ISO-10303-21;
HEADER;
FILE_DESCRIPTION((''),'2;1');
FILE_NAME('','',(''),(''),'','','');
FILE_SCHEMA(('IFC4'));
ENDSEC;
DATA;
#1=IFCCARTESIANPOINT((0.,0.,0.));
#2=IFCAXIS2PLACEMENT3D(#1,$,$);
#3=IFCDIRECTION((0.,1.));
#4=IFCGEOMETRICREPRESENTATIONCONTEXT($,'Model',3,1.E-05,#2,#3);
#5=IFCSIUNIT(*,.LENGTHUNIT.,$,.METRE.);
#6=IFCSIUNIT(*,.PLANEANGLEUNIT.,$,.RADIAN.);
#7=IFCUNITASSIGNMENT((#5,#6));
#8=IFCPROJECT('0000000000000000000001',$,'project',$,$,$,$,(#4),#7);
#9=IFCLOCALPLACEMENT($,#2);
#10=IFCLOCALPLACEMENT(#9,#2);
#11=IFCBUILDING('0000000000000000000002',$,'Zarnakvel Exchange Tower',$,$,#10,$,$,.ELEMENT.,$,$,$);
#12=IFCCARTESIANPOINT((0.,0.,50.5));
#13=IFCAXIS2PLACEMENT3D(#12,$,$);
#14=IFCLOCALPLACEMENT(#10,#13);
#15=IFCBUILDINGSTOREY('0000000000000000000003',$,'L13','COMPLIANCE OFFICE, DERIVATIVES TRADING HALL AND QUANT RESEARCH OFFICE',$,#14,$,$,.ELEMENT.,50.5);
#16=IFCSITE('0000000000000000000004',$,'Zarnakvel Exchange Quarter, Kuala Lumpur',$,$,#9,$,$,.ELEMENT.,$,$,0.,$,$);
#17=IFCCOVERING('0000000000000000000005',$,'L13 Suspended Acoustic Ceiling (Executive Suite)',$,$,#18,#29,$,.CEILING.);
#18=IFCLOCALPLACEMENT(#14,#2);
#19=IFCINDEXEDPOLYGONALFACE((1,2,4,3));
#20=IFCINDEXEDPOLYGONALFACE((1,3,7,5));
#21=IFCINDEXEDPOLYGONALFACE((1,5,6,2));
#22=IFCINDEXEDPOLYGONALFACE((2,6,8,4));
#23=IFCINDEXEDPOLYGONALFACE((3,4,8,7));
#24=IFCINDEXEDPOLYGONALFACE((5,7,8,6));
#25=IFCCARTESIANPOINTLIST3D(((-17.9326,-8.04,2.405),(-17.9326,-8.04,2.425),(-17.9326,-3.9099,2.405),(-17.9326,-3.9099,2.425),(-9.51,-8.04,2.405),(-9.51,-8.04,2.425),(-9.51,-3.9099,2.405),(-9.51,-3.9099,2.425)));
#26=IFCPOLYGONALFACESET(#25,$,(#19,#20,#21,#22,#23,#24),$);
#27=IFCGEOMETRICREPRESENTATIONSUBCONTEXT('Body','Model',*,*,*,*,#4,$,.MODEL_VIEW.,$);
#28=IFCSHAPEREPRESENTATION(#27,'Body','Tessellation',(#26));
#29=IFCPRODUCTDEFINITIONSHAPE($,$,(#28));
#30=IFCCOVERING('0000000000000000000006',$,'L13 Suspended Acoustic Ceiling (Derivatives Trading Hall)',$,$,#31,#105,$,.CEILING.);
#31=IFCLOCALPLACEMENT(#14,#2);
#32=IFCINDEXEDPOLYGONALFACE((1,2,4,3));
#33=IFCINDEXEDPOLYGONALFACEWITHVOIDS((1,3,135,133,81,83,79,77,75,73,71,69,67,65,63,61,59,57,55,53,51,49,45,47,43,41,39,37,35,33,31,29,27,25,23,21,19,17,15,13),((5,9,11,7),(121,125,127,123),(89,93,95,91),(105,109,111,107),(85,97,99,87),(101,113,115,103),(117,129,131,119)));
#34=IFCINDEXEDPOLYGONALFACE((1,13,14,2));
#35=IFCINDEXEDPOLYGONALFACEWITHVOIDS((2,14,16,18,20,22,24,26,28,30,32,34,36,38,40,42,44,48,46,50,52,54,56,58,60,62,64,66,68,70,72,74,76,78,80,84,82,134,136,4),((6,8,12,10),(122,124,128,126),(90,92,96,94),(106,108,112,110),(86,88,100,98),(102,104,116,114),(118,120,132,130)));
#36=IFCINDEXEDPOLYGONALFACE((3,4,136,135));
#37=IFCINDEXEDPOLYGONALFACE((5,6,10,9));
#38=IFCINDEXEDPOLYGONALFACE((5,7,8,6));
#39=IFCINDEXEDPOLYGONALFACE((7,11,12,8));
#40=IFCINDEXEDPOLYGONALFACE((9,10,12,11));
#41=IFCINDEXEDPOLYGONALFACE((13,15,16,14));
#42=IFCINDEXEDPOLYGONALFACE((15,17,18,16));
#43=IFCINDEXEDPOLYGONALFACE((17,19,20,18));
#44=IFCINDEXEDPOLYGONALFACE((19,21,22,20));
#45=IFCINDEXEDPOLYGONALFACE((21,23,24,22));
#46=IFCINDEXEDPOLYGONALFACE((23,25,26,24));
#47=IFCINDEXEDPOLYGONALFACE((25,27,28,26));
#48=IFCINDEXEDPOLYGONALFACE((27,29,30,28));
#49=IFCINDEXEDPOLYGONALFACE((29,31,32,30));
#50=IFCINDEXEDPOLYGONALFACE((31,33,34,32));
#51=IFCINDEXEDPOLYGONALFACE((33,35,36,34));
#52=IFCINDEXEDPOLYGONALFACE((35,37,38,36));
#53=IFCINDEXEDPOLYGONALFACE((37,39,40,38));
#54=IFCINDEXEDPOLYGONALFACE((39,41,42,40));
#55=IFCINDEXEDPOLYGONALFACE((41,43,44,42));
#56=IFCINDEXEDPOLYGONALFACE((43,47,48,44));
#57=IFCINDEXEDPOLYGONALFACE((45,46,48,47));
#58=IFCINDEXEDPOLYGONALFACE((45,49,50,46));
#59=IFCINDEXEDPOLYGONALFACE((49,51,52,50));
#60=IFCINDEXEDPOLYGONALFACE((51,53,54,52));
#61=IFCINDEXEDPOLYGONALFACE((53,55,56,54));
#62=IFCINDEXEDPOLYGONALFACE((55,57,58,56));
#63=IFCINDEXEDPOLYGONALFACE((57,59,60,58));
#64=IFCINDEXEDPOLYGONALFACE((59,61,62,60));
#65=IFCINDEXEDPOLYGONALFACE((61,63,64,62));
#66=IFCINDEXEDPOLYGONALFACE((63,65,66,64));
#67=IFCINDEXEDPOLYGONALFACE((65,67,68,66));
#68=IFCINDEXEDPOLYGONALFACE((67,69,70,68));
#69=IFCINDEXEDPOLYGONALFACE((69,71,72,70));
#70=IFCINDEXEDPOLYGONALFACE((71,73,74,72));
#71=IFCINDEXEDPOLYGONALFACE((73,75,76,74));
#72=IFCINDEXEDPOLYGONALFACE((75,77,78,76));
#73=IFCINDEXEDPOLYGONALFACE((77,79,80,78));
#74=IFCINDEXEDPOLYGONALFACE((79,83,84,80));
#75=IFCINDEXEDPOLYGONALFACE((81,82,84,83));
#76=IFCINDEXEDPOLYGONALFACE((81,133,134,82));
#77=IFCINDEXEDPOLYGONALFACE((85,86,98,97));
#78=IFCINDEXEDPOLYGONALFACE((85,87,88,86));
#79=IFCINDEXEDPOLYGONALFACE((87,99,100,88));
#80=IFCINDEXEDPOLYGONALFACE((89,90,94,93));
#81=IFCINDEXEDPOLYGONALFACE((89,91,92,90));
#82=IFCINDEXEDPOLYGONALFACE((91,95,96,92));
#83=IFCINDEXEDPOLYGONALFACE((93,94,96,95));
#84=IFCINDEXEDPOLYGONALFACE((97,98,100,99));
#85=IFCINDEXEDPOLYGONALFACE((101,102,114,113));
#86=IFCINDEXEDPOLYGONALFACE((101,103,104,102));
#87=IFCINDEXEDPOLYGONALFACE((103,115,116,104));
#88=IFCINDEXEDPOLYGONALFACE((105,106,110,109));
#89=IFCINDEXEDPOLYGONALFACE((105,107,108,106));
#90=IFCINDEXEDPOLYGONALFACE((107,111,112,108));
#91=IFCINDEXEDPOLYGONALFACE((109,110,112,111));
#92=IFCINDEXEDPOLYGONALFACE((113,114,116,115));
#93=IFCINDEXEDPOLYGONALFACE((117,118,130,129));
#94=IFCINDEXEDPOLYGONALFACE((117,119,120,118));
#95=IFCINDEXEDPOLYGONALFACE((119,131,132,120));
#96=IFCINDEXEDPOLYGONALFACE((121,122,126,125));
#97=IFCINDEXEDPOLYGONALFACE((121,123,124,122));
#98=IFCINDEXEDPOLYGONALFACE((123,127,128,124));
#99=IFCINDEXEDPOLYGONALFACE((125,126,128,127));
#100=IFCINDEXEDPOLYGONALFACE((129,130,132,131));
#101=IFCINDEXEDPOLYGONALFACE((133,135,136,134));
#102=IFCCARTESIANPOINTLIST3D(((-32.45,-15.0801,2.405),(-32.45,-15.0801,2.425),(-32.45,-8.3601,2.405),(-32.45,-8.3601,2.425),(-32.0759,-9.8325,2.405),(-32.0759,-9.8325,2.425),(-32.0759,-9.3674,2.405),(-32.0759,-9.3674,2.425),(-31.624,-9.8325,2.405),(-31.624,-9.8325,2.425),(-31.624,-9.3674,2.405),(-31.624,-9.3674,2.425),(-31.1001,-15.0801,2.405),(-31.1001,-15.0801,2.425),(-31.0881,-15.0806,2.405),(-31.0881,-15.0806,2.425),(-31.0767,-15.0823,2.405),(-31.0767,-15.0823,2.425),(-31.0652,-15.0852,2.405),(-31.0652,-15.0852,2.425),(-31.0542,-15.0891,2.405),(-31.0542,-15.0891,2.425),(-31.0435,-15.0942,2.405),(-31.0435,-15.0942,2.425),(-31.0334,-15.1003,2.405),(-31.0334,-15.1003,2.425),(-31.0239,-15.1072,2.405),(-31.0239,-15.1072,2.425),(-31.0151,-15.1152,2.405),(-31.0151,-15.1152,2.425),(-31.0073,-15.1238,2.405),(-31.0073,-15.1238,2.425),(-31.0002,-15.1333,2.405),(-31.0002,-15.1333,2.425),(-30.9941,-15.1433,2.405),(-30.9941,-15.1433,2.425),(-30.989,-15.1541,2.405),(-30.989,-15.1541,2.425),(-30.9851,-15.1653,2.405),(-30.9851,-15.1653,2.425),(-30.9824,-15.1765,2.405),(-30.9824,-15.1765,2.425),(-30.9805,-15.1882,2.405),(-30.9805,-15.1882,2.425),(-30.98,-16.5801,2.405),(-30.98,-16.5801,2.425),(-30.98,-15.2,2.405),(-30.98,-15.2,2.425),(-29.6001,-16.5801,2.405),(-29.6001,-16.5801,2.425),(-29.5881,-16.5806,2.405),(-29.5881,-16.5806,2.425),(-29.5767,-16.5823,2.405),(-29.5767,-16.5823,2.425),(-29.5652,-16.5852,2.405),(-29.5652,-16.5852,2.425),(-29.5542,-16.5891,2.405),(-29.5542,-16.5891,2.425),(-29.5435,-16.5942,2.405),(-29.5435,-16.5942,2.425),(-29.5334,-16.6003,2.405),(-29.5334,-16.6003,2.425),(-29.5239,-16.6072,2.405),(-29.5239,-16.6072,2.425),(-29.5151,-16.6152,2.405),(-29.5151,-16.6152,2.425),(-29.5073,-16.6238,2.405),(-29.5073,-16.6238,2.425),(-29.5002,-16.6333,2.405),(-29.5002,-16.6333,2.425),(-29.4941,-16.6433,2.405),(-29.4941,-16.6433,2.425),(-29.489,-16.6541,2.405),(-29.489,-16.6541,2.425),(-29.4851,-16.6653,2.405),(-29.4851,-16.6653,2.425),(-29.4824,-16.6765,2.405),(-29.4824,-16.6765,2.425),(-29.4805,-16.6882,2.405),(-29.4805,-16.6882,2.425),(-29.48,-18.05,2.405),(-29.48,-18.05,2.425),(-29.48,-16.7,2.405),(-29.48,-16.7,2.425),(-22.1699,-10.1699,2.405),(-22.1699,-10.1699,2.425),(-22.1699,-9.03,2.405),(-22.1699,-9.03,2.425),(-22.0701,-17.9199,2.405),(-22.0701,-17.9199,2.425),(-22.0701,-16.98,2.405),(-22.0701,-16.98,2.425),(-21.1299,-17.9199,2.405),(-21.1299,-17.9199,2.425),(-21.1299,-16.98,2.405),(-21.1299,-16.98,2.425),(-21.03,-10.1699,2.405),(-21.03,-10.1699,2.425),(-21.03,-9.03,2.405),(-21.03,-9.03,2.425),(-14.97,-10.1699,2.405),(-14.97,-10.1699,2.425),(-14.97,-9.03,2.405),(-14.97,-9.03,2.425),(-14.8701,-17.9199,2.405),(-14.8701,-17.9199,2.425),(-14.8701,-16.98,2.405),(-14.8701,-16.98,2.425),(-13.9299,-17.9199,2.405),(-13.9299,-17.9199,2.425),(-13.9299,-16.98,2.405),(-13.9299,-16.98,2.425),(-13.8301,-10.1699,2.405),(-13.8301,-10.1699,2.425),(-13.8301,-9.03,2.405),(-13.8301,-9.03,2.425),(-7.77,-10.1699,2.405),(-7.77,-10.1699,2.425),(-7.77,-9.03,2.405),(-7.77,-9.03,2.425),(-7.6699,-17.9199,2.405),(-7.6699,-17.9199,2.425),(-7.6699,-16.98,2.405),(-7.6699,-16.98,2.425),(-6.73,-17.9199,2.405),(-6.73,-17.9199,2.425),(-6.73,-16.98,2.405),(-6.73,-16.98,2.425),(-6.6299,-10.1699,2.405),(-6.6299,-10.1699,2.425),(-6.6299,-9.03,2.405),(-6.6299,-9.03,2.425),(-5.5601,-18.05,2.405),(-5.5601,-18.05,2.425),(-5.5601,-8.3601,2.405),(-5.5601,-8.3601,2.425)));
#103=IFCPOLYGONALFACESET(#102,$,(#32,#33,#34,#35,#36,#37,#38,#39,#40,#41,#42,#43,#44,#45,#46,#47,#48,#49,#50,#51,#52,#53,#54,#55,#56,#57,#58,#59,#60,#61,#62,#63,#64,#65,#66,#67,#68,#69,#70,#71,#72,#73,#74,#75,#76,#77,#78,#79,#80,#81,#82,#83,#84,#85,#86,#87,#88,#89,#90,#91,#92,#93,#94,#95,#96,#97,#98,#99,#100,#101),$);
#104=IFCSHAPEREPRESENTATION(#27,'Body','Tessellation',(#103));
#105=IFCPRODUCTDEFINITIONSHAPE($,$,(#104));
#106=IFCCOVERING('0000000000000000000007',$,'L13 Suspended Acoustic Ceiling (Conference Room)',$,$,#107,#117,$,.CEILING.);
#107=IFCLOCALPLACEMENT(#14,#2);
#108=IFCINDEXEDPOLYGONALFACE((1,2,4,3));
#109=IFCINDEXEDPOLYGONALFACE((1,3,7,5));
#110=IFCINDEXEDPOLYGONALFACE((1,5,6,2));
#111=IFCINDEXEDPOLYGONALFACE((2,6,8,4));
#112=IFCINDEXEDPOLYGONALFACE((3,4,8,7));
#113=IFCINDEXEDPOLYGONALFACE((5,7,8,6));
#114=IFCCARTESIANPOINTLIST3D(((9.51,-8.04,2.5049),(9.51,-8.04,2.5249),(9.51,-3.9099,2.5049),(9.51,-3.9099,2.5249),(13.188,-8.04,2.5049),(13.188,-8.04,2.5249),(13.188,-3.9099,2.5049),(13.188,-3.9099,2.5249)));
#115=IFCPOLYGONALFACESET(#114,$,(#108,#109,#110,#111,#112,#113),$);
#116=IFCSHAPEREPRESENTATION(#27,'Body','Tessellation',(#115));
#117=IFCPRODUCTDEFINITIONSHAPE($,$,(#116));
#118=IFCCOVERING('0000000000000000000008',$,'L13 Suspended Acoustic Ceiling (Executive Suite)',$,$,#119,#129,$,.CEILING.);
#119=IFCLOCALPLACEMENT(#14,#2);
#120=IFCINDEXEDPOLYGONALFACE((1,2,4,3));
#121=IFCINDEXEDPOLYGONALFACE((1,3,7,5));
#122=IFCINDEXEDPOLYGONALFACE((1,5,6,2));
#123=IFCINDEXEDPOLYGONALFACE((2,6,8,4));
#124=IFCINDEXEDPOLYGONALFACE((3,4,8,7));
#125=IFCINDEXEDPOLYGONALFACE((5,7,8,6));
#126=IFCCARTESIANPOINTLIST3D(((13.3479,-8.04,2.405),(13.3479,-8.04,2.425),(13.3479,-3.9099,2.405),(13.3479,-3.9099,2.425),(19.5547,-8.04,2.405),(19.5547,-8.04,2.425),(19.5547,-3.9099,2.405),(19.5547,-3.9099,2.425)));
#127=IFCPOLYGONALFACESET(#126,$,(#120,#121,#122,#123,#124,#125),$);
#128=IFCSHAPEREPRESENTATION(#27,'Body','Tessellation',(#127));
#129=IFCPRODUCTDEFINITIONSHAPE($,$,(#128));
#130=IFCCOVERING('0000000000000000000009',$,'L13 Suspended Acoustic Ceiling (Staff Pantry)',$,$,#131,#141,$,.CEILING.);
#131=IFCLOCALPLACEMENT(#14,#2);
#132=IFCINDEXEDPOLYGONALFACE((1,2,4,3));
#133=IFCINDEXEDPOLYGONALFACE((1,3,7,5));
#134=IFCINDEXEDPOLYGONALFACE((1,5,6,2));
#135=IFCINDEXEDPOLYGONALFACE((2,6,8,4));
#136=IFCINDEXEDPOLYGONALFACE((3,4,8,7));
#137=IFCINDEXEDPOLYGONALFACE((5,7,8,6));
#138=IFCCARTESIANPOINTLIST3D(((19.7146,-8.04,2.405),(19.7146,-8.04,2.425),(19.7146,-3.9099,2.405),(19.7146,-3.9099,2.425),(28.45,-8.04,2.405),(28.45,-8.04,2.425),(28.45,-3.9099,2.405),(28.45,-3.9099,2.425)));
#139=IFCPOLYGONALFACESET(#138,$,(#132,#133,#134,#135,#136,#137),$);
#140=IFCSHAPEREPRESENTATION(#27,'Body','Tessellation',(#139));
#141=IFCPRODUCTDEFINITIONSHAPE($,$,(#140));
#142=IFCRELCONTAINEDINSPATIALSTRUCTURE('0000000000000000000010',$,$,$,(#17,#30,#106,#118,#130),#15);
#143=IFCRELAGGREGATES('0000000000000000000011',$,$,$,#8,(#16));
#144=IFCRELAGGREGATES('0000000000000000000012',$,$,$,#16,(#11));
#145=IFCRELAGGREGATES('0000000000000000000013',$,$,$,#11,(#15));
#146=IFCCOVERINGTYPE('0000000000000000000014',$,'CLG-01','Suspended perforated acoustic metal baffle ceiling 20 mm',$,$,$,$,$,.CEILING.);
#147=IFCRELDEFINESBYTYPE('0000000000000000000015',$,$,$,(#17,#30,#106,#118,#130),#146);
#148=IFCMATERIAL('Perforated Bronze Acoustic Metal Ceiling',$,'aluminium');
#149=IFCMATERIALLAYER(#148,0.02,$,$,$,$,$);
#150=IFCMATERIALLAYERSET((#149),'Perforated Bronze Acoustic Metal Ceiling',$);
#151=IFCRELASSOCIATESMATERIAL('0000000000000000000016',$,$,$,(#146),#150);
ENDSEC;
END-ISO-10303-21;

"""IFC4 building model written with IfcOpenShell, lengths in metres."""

from ifc_helpers import new_model, si_unit, direction, frame, origin, place, context, subcontext, project, spatial, polyline, outline, extrude, material, layer, layer_set, type_object, element, save


model = new_model("IFC4")

# Units and contexts
model_context = context("Model", 3, precision=1e-05, world=origin(), true_north=direction((0.0, 1.0)))
body_context = subcontext(model_context, "Body", "Model", "MODEL_VIEW")
ifc_project = project(units=[si_unit("LENGTHUNIT", "METRE"), si_unit("PLANEANGLEUNIT", "RADIAN")], contexts=[model_context])

# Site, building, storey
site_placement = place(None, origin())
site = spatial("IfcSite", under=ifc_project, at=site_placement, Name="Zarnakvel Exchange Quarter, Kuala Lumpur", CompositionType="ELEMENT", RefElevation=0.0)
building_placement = place(site_placement, origin())
building = spatial("IfcBuilding", under=site, at=building_placement, Name="Zarnakvel Exchange Tower", CompositionType="ELEMENT")
storey_placement = place(building_placement, frame((0.0, 0.0, 50.5)))
storey = spatial("IfcBuildingStorey", under=building, at=storey_placement, Name="L13", Description="COMPLIANCE OFFICE, DERIVATIVES TRADING HALL AND QUANT RESEARCH OFFICE", CompositionType="ELEMENT", Elevation=50.5)

# Coverings
ifc_material_1 = material(Name="Perforated Bronze Acoustic Metal Ceiling", Category="aluminium")
ifc_layer_1 = layer(ifc_material_1, 0.02)
ifc_layer_set_1 = layer_set([ifc_layer_1], Name="Perforated Bronze Acoustic Metal Ceiling")
covering_type_1 = type_object("IfcCoveringType", Name="CLG-01", Description="Suspended perforated acoustic metal baffle ceiling 20 mm", PredefinedType="CEILING", material=ifc_layer_set_1)
covering_1_placement = place(storey_placement, frame((0.0, 0.0, 2.405)))
element("IfcCovering", 1, at=covering_1_placement, inside=storey, type_object=covering_type_1, Name="L13 Suspended Acoustic Ceiling (Executive Suite)", PredefinedType="CEILING", context=body_context, shape_type="SweptSolid", body=[
    extrude(outline(polyline([(-17.9326, -3.9099), (-9.51, -3.9099), (-9.51, -8.04), (-17.9326, -8.04), (-17.9326, -3.9099)])), origin(), (0.0, 0.0, 1.0), 0.02),
])
covering_2_placement = place(storey_placement, frame((0.0, 0.0, 2.405)))
element("IfcCovering", 2, at=covering_2_placement, inside=storey, type_object=covering_type_1, Name="L13 Suspended Acoustic Ceiling (Derivatives Trading Hall)", PredefinedType="CEILING", context=body_context, shape_type="SweptSolid", body=[
    extrude(outline(polyline([(-5.5601, -8.3601), (-5.5601, -18.05), (-29.48, -18.05), (-29.48, -16.7), (-29.4805, -16.6882), (-29.4824, -16.6765), (-29.4851, -16.6653), (-29.489, -16.6541), (-29.4941, -16.6433), (-29.5002, -16.6333), (-29.5073, -16.6238), (-29.5151, -16.6152), (-29.5239, -16.6072), (-29.5334, -16.6003), (-29.5435, -16.5942), (-29.5542, -16.5891), (-29.5652, -16.5852), (-29.5767, -16.5823), (-29.5881, -16.5806), (-29.6001, -16.5801), (-30.98, -16.5801), (-30.98, -15.2), (-30.9805, -15.1882), (-30.9824, -15.1765), (-30.9851, -15.1653), (-30.989, -15.1541), (-30.9941, -15.1433), (-31.0002, -15.1333), (-31.0073, -15.1238), (-31.0151, -15.1152), (-31.0239, -15.1072), (-31.0334, -15.1003), (-31.0435, -15.0942), (-31.0542, -15.0891), (-31.0652, -15.0852), (-31.0767, -15.0823), (-31.0881, -15.0806), (-31.1001, -15.0801), (-32.45, -15.0801), (-32.45, -8.3601), (-5.5601, -8.3601)]), holes=[polyline([(-7.77, -10.1699), (-6.6299, -10.1699), (-6.6299, -9.03), (-7.77, -9.03), (-7.77, -10.1699)]), polyline([(-6.73, -17.9199), (-6.73, -16.98), (-7.6699, -16.98), (-7.6699, -17.9199), (-6.73, -17.9199)]), polyline([(-13.8301, -10.1699), (-13.8301, -9.03), (-14.97, -9.03), (-14.97, -10.1699), (-13.8301, -10.1699)]), polyline([(-13.9299, -17.9199), (-13.9299, -16.98), (-14.8701, -16.98), (-14.8701, -17.9199), (-13.9299, -17.9199)]), polyline([(-21.03, -10.1699), (-21.03, -9.03), (-22.1699, -9.03), (-22.1699, -10.1699), (-21.03, -10.1699)]), polyline([(-21.1299, -17.9199), (-21.1299, -16.98), (-22.0701, -16.98), (-22.0701, -17.9199), (-21.1299, -17.9199)]), polyline([(-32.0759, -9.8325), (-31.624, -9.8325), (-31.624, -9.3674), (-32.0759, -9.3674), (-32.0759, -9.8325)])]), origin(), (0.0, 0.0, 1.0), 0.02),
])
covering_3_placement = place(storey_placement, frame((0.0, 0.0, 2.5049)))
element("IfcCovering", 3, at=covering_3_placement, inside=storey, type_object=covering_type_1, Name="L13 Suspended Acoustic Ceiling (Conference Room)", PredefinedType="CEILING", context=body_context, shape_type="SweptSolid", body=[
    extrude(outline(polyline([(9.51, -3.9099), (13.188, -3.9099), (13.188, -8.04), (9.51, -8.04), (9.51, -3.9099)])), origin(), (0.0, 0.0, 1.0), 0.02),
])
covering_4_placement = place(storey_placement, frame((0.0, 0.0, 2.405)))
element("IfcCovering", 4, at=covering_4_placement, inside=storey, type_object=covering_type_1, Name="L13 Suspended Acoustic Ceiling (Executive Suite)", PredefinedType="CEILING", context=body_context, shape_type="SweptSolid", body=[
    extrude(outline(polyline([(13.3479, -3.9099), (19.5547, -3.9099), (19.5547, -8.04), (13.3479, -8.04), (13.3479, -3.9099)])), origin(), (0.0, 0.0, 1.0), 0.02),
])
covering_5_placement = place(storey_placement, frame((0.0, 0.0, 2.405)))
element("IfcCovering", 5, at=covering_5_placement, inside=storey, type_object=covering_type_1, Name="L13 Suspended Acoustic Ceiling (Staff Pantry)", PredefinedType="CEILING", context=body_context, shape_type="SweptSolid", body=[
    extrude(outline(polyline([(19.7146, -3.9099), (28.45, -3.9099), (28.45, -8.04), (19.7146, -8.04), (19.7146, -3.9099)])), origin(), (0.0, 0.0, 1.0), 0.02),
])

save(model, "model.ifc")
